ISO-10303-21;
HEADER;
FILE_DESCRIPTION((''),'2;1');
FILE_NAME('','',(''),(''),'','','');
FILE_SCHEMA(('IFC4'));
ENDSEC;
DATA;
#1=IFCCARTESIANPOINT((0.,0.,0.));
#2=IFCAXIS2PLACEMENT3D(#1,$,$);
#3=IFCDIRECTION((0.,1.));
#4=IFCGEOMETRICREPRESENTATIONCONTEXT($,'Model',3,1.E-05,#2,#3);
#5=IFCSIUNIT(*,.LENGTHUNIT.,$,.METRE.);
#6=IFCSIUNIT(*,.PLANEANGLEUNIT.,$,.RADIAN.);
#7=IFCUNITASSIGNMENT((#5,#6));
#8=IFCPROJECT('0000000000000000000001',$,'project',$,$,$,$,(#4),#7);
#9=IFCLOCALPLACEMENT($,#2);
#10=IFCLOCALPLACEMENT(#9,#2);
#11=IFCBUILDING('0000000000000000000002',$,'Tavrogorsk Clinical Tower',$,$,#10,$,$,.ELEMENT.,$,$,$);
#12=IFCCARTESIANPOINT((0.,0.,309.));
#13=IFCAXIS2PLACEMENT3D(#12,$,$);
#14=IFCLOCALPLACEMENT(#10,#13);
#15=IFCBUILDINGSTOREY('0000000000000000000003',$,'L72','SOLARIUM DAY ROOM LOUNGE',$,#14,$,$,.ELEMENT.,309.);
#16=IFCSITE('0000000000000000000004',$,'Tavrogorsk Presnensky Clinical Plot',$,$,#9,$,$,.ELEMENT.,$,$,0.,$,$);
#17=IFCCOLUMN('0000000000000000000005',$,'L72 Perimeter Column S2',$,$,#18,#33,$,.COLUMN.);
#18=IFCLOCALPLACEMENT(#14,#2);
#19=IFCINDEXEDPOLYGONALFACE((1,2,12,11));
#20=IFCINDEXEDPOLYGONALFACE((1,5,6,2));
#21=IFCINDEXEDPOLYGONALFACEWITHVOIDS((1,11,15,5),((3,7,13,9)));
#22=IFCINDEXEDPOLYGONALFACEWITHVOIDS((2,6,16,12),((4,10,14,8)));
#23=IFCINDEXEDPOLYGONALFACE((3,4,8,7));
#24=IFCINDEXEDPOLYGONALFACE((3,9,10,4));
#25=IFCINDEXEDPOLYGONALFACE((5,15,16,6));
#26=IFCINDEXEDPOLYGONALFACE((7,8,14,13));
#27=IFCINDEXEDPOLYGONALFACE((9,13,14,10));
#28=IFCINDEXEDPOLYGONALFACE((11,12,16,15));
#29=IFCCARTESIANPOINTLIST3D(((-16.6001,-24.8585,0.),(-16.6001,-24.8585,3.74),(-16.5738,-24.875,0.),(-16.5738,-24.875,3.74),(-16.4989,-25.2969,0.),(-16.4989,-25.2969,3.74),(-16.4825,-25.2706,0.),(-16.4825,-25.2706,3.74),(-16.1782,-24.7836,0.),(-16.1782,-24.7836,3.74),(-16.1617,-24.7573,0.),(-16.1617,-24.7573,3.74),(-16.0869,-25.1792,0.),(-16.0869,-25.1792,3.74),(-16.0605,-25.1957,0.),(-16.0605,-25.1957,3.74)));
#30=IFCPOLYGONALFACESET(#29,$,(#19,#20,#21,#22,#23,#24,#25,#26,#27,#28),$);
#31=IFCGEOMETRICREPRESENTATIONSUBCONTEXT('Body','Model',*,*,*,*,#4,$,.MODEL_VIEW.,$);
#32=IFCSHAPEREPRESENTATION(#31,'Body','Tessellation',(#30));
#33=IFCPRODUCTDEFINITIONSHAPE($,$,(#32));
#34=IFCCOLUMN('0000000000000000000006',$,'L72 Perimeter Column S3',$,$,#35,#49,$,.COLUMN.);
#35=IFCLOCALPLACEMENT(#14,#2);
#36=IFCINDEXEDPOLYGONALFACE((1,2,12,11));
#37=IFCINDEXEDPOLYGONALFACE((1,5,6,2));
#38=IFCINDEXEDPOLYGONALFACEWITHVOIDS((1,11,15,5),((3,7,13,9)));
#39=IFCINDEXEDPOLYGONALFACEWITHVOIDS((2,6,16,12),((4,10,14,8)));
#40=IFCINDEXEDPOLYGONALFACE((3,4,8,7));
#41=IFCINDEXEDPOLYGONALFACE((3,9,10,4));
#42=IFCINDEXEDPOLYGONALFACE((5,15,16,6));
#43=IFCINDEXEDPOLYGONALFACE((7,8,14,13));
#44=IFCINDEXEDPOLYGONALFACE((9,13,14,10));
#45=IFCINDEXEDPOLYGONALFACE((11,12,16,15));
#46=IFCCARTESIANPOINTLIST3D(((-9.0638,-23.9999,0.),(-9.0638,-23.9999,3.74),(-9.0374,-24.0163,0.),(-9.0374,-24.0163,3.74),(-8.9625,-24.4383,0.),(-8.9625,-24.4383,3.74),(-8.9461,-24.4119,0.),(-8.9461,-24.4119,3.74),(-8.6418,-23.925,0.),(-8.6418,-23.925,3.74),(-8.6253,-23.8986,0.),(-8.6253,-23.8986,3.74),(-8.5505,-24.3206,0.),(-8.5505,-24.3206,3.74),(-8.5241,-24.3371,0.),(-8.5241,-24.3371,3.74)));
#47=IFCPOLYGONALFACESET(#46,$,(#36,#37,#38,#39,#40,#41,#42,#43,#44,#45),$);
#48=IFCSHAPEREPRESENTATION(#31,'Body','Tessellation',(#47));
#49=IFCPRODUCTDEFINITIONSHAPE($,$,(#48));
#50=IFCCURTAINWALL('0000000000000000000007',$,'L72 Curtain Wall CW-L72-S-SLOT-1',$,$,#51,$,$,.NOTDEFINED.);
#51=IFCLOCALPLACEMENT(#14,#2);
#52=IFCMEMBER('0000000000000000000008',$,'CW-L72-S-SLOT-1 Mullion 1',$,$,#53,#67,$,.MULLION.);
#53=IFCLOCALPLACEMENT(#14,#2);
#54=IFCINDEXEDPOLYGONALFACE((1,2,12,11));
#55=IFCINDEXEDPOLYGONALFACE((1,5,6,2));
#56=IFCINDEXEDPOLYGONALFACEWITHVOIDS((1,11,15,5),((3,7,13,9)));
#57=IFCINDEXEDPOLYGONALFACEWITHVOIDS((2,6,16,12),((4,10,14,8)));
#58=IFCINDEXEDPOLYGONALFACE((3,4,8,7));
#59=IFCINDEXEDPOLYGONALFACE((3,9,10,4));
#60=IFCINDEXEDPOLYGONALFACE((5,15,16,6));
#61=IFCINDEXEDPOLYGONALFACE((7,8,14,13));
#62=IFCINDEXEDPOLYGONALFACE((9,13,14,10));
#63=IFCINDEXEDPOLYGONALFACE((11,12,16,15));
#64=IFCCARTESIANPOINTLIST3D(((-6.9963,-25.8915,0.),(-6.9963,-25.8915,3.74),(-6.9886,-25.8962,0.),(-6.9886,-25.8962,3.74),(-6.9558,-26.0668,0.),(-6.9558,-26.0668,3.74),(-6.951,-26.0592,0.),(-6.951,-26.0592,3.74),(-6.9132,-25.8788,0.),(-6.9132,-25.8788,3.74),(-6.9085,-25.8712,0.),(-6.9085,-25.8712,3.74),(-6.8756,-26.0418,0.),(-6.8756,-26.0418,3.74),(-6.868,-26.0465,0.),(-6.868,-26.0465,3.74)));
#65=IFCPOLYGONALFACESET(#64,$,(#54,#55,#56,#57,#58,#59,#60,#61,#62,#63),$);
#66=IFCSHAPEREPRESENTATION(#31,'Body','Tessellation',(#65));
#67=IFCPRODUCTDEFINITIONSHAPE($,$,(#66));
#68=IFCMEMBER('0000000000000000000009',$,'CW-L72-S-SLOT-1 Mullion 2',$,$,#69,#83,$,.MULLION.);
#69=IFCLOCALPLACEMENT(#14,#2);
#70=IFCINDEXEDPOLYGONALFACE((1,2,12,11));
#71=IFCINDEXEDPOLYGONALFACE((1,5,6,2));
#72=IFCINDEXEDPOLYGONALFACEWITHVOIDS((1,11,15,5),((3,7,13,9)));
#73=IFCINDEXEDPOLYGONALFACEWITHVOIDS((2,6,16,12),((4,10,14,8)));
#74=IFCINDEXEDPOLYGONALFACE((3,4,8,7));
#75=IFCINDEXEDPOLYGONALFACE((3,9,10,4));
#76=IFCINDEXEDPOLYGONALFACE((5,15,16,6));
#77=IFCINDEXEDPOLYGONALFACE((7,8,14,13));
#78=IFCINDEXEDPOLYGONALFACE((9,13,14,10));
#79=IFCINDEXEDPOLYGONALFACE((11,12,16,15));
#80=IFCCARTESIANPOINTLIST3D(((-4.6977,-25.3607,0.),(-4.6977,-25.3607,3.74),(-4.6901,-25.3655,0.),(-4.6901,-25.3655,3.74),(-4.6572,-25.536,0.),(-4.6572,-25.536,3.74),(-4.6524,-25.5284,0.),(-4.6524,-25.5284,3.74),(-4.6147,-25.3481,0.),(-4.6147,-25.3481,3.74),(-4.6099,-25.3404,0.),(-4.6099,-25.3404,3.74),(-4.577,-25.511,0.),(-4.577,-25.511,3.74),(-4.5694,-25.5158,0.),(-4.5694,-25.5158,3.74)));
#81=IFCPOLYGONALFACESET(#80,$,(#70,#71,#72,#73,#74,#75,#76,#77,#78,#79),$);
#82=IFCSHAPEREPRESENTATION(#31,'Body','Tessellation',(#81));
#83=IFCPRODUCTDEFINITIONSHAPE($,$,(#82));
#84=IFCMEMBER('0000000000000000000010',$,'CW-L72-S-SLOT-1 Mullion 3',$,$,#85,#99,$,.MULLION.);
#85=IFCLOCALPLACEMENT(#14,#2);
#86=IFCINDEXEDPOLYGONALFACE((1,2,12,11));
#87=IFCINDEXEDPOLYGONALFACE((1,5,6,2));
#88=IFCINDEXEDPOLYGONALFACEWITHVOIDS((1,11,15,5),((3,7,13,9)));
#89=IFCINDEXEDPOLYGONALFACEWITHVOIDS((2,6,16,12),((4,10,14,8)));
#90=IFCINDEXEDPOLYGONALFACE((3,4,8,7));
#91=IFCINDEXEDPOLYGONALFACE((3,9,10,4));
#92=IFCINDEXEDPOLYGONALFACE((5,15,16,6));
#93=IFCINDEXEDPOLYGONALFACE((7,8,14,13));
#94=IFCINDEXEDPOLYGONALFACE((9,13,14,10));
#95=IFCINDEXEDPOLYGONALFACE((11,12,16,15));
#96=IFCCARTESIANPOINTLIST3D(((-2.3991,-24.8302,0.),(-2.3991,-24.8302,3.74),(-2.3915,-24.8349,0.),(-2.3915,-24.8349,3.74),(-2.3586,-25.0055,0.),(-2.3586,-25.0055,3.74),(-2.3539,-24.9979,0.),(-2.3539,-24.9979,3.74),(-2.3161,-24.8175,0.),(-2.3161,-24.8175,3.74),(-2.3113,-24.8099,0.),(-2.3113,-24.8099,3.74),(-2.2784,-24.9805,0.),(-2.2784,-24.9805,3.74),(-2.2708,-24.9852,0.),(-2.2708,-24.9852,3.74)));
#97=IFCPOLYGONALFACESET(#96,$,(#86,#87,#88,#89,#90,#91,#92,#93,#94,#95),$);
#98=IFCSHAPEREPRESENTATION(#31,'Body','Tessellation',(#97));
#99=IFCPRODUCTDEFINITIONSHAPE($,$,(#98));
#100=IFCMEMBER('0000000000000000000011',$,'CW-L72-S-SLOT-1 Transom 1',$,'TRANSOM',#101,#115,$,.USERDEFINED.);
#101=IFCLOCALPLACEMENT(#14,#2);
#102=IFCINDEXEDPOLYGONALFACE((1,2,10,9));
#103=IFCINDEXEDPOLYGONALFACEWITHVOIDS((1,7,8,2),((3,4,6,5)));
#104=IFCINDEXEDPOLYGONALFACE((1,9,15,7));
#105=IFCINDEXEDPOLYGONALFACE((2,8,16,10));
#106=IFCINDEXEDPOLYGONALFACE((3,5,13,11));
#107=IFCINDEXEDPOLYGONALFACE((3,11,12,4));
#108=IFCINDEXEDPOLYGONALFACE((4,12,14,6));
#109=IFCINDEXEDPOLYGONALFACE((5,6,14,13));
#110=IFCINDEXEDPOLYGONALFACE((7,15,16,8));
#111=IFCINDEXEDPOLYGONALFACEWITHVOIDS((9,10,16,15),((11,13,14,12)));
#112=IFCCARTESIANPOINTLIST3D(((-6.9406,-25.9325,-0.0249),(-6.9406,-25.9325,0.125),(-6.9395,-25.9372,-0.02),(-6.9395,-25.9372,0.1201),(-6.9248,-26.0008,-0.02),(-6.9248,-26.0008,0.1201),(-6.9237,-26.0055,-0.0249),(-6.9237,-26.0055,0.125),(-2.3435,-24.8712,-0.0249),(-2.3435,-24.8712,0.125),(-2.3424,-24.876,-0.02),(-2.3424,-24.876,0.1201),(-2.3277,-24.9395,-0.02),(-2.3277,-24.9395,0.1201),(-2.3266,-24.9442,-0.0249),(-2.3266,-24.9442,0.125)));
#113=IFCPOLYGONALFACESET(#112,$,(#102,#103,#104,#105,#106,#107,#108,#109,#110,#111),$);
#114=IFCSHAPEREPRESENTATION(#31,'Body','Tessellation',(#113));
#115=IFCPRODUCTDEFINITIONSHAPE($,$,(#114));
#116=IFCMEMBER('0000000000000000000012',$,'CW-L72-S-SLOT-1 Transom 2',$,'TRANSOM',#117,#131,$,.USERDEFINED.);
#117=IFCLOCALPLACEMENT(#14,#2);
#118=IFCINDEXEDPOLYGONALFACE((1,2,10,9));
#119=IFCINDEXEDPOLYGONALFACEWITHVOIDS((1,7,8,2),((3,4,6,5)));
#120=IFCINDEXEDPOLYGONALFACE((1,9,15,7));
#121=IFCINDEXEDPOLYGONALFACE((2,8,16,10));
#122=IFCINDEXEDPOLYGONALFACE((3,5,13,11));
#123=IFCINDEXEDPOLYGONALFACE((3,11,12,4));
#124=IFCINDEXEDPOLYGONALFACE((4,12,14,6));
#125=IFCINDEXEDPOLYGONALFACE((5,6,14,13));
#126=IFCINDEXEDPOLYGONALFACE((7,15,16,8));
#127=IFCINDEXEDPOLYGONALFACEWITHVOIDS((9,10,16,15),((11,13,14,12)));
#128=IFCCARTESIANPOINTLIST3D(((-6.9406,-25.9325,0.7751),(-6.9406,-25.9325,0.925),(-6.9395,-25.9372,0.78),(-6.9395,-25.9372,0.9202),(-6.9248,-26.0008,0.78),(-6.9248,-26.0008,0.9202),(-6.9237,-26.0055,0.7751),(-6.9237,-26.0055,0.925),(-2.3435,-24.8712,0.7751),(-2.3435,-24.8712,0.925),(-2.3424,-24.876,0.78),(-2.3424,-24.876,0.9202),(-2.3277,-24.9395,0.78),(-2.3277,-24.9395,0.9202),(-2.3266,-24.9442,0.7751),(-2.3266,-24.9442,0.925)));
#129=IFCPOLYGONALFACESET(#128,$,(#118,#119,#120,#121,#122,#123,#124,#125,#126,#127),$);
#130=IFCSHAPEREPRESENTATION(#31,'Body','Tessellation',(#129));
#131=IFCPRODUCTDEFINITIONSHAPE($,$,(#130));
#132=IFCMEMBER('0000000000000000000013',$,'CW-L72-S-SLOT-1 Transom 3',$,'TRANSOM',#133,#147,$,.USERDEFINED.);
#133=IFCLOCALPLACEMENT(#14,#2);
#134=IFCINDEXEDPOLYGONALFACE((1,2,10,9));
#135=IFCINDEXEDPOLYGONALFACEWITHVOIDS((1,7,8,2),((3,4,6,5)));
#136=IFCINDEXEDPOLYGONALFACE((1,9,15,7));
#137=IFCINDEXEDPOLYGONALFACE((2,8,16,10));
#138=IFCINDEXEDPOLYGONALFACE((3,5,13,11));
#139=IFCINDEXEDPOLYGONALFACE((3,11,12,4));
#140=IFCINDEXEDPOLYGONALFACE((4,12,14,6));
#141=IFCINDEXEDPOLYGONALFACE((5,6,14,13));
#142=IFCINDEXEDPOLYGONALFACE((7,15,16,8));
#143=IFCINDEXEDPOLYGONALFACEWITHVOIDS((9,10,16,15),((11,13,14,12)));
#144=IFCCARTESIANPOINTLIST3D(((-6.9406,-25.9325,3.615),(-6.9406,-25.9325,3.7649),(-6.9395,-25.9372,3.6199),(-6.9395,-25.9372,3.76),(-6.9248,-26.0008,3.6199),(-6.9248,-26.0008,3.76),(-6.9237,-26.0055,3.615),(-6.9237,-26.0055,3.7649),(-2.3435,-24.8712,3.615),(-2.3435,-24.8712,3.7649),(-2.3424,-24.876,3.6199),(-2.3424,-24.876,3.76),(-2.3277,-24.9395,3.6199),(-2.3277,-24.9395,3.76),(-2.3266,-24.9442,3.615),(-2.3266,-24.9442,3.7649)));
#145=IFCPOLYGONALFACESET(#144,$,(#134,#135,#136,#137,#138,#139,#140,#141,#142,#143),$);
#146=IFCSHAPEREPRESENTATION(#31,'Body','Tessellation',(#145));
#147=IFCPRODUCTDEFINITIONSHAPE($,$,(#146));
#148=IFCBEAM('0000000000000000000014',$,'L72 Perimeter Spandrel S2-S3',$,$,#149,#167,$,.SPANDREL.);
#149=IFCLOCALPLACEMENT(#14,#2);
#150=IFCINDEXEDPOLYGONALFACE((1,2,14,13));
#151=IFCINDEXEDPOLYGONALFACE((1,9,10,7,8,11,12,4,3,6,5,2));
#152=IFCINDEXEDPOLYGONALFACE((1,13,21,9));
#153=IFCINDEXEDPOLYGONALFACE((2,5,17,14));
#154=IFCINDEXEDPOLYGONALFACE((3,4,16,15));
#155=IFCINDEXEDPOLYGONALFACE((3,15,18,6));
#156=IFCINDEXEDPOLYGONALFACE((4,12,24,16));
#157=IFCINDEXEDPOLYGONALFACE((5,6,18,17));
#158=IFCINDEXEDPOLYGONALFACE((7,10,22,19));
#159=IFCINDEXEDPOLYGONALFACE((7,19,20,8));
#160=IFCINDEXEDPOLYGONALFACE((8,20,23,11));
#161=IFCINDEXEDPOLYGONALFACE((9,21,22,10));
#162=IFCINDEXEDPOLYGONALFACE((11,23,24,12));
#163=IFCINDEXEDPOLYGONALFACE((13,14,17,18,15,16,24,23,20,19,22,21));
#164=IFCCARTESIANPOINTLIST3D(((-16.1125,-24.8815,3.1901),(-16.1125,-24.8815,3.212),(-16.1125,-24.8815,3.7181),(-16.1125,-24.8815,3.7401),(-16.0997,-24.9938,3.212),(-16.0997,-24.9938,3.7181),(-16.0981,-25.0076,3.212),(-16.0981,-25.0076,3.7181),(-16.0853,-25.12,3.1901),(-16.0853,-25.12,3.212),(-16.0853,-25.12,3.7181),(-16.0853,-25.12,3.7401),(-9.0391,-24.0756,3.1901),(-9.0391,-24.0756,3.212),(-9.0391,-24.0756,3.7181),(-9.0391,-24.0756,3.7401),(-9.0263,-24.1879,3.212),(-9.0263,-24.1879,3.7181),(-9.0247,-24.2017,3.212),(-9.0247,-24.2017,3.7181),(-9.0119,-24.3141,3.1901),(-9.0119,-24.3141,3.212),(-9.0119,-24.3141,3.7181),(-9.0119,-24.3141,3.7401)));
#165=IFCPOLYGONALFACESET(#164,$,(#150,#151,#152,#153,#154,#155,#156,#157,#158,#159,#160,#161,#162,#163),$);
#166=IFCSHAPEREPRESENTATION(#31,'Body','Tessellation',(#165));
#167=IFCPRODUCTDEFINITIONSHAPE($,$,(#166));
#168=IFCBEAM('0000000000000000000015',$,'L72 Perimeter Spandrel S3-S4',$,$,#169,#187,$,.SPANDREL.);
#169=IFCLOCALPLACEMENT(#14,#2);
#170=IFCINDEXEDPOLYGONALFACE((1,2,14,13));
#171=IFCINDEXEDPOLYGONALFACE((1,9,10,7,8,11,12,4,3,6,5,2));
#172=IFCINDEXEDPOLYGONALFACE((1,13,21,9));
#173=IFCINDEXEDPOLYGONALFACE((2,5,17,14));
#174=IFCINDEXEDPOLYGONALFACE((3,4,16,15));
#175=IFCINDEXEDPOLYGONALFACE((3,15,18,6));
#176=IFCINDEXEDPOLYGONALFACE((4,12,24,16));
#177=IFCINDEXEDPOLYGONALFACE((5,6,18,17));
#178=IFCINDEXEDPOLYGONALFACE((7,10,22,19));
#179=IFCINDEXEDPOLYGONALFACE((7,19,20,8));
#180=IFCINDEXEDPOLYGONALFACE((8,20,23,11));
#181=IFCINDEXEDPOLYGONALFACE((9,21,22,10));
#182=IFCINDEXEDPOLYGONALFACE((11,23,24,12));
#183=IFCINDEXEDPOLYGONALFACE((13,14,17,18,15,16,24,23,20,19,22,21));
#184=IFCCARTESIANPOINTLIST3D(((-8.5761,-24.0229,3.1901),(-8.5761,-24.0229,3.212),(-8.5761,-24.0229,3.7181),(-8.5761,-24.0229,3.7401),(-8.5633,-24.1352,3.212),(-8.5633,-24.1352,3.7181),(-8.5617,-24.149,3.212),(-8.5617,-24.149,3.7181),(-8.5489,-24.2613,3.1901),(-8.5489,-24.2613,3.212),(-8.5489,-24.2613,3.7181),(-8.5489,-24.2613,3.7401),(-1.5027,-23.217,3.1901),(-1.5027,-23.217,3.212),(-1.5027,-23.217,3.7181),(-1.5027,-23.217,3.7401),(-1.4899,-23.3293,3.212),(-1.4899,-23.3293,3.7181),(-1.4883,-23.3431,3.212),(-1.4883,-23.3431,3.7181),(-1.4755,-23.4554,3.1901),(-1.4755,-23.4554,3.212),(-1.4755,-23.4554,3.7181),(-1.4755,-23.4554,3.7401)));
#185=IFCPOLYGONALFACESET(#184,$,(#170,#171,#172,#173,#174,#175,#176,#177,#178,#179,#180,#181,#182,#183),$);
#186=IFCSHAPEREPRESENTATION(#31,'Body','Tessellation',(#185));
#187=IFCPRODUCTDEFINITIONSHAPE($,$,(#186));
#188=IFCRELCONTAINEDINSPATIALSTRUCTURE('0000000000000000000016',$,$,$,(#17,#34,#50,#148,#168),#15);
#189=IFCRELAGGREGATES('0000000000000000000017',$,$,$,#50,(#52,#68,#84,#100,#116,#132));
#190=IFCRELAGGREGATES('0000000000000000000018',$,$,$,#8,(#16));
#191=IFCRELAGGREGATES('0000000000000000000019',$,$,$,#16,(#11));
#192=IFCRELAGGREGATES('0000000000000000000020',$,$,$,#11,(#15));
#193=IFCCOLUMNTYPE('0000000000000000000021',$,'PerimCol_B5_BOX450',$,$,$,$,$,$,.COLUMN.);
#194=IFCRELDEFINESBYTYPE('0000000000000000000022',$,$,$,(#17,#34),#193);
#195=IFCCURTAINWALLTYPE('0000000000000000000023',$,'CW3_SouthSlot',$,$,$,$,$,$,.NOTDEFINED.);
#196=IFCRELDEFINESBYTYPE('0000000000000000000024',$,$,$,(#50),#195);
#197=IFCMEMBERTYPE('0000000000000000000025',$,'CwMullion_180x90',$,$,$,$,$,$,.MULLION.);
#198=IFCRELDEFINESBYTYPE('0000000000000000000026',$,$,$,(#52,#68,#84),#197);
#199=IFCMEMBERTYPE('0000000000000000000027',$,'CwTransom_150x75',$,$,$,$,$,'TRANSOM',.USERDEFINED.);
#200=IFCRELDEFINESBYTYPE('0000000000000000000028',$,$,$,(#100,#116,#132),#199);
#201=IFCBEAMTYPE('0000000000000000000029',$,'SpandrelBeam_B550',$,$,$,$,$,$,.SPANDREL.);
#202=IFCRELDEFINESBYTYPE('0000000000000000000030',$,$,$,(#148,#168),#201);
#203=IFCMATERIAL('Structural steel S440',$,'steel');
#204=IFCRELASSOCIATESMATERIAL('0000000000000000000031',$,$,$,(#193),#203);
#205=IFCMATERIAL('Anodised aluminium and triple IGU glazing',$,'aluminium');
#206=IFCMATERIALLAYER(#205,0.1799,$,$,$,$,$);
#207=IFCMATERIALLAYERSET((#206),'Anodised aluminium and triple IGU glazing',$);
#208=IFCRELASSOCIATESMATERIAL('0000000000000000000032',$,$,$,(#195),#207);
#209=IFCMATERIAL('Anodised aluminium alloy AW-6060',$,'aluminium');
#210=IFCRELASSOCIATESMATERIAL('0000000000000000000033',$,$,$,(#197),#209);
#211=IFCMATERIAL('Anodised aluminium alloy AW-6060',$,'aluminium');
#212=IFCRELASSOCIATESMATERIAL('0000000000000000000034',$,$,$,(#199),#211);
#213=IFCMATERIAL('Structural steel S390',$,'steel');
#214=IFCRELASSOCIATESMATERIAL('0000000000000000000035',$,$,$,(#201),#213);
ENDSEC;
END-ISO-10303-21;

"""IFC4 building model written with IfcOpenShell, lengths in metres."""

from ifc_helpers import new_model, si_unit, direction, frame, origin, origin_2d, place, context, subcontext, project, spatial, hollow_rectangle, i_section, extrude, material, layer, layer_set, material_profile, profile_set, type_object, element, aggregate, save


model = new_model("IFC4")

# Units and contexts
model_context = context("Model", 3, precision=1e-05, world=origin(), true_north=direction((0.0, 1.0)))
body_context = subcontext(model_context, "Body", "Model", "MODEL_VIEW")
ifc_project = project(units=[si_unit("LENGTHUNIT", "METRE"), si_unit("PLANEANGLEUNIT", "RADIAN")], contexts=[model_context])

# Site, building, storey
site_placement = place(None, origin())
site = spatial("IfcSite", under=ifc_project, at=site_placement, Name="Tavrogorsk Presnensky Clinical Plot", CompositionType="ELEMENT", RefElevation=0.0)
building_placement = place(site_placement, origin())
building = spatial("IfcBuilding", under=site, at=building_placement, Name="Tavrogorsk Clinical Tower", CompositionType="ELEMENT")
storey_placement = place(building_placement, frame((0.0, 0.0, 309.0)))
storey = spatial("IfcBuildingStorey", under=building, at=storey_placement, Name="L72", Description="SOLARIUM DAY ROOM LOUNGE", CompositionType="ELEMENT", Elevation=309.0)

# Columns
ifc_material_1 = material(Name="Structural steel S440", Category="steel")
ifc_material_profile_1 = material_profile(ifc_material_1, hollow_rectangle(XDim=0.45, YDim=0.45, WallThickness=0.022, at=origin_2d()), Name="BOX-450x450x22")
ifc_profile_set_1 = profile_set([ifc_material_profile_1], Name="Structural steel S440")
column_type = type_object("IfcColumnType", Name="PerimCol_B5_BOX450", PredefinedType="COLUMN", material=ifc_profile_set_1)
for number, where, z_axis, x_axis, name in (
    (1, (-16.3303, -25.0271, 0.0), (0.0, 0.0, 1.0), (0.97437, 0.224951, 0.0), "L72 Perimeter Column S2"),
    (2, (-8.7939, -24.1685, 0.0), (0.0, 0.0, 1.0), (0.97437, 0.224951, 0.0), "L72 Perimeter Column S3"),
):
    element("IfcColumn", number, at=place(storey_placement, frame(where, z_axis=z_axis, x_axis=x_axis)), inside=storey, type_object=column_type, Name=name, PredefinedType="COLUMN", context=body_context, shape_type="SweptSolid", body=[
        extrude(hollow_rectangle(XDim=0.45, YDim=0.45, WallThickness=0.022, at=origin_2d()), origin(), (0.0, 0.0, 1.0), 3.74),
    ])

# Curtain wall, members
ifc_material_2 = material(Name="Anodised aluminium and triple IGU glazing", Category="aluminium")
ifc_layer_1 = layer(ifc_material_2, 0.1799)
ifc_layer_set_1 = layer_set([ifc_layer_1], Name="Anodised aluminium and triple IGU glazing")
curtain_wall_type = type_object("IfcCurtainWallType", Name="CW3_SouthSlot", PredefinedType="NOTDEFINED", material=ifc_layer_set_1)
curtain_wall_placement = place(storey_placement, origin())
curtain_wall = element("IfcCurtainWall", 3, at=curtain_wall_placement, inside=storey, type_object=curtain_wall_type, Name="L72 Curtain Wall CW-L72-S-SLOT-1", PredefinedType="NOTDEFINED")
ifc_material_3 = material(Name="Anodised aluminium alloy AW-6060", Category="aluminium")
ifc_material_profile_2 = material_profile(ifc_material_3, hollow_rectangle(XDim=0.0901, YDim=0.1799, WallThickness=0.0063, at=origin_2d()), Name="RHS-180x90x6.3")
ifc_profile_set_2 = profile_set([ifc_material_profile_2], Name="Anodised aluminium alloy AW-6060")
member_type_1 = type_object("IfcMemberType", Name="CwMullion_180x90", PredefinedType="MULLION", material=ifc_profile_set_2)
member_1_placement = place(storey_placement, frame((-6.9321, -25.969, 0.0), z_axis=(0.0, 0.0, 1.0), x_axis=(0.97437, 0.224951, 0.0)))
member_1 = element("IfcMember", 4, at=member_1_placement, type_object=member_type_1, Name="CW-L72-S-SLOT-1 Mullion 1", PredefinedType="MULLION", context=body_context, shape_type="SweptSolid", body=[
    extrude(hollow_rectangle(XDim=0.0901, YDim=0.1799, WallThickness=0.0063, at=origin_2d()), origin(), (0.0, 0.0, 1.0), 3.74),
])
member_2_placement = place(storey_placement, frame((-4.6335, -25.4382, 0.0), z_axis=(0.0, 0.0, 1.0), x_axis=(0.97437, 0.224951, 0.0)))
member_2 = element("IfcMember", 5, at=member_2_placement, type_object=member_type_1, Name="CW-L72-S-SLOT-1 Mullion 2", PredefinedType="MULLION", context=body_context, shape_type="SweptSolid", body=[
    extrude(hollow_rectangle(XDim=0.0901, YDim=0.1799, WallThickness=0.0063, at=origin_2d()), origin(), (0.0, 0.0, 1.0), 3.74),
])
member_3_placement = place(storey_placement, frame((-2.335, -24.9077, 0.0), z_axis=(0.0, 0.0, 1.0), x_axis=(0.97437, 0.224951, 0.0)))
member_3 = element("IfcMember", 6, at=member_3_placement, type_object=member_type_1, Name="CW-L72-S-SLOT-1 Mullion 3", PredefinedType="MULLION", context=body_context, shape_type="SweptSolid", body=[
    extrude(hollow_rectangle(XDim=0.0901, YDim=0.1799, WallThickness=0.0063, at=origin_2d()), origin(), (0.0, 0.0, 1.0), 3.74),
])
ifc_material_4 = material(Name="Anodised aluminium alloy AW-6060", Category="aluminium")
ifc_material_profile_3 = material_profile(ifc_material_4, hollow_rectangle(XDim=0.075, YDim=0.1499, WallThickness=0.0049, at=origin_2d()), Name="RHS-150x75x5")
ifc_profile_set_3 = profile_set([ifc_material_profile_3], Name="Anodised aluminium alloy AW-6060")
member_type_2 = type_object("IfcMemberType", Name="CwTransom_150x75", ElementType="TRANSOM", PredefinedType="USERDEFINED", material=ifc_profile_set_3)
member_4_placement = place(storey_placement, frame((-6.9321, -25.969, 0.05), z_axis=(0.974373, 0.224939, 0.0), x_axis=(-0.224939, 0.974373, 0.0)))
member_4 = element("IfcMember", 7, at=member_4_placement, type_object=member_type_2, Name="CW-L72-S-SLOT-1 Transom 1", ObjectType="TRANSOM", PredefinedType="USERDEFINED", context=body_context, shape_type="SweptSolid", body=[
    extrude(hollow_rectangle(XDim=0.075, YDim=0.1499, WallThickness=0.0049, at=origin_2d()), origin(), (0.0, 0.0, 1.0), 4.718),
])
member_5_placement = place(storey_placement, frame((-6.9321, -25.969, 0.8501), z_axis=(0.974373, 0.224939, 0.0), x_axis=(-0.224939, 0.974373, 0.0)))
member_5 = element("IfcMember", 8, at=member_5_placement, type_object=member_type_2, Name="CW-L72-S-SLOT-1 Transom 2", ObjectType="TRANSOM", PredefinedType="USERDEFINED", context=body_context, shape_type="SweptSolid", body=[
    extrude(hollow_rectangle(XDim=0.075, YDim=0.1499, WallThickness=0.0049, at=origin_2d()), origin(), (0.0, 0.0, 1.0), 4.718),
])
member_6_placement = place(storey_placement, frame((-6.9321, -25.969, 3.6899), z_axis=(0.974373, 0.224939, 0.0), x_axis=(-0.224939, 0.974373, 0.0)))
member_6 = element("IfcMember", 9, at=member_6_placement, type_object=member_type_2, Name="CW-L72-S-SLOT-1 Transom 3", ObjectType="TRANSOM", PredefinedType="USERDEFINED", context=body_context, shape_type="SweptSolid", body=[
    extrude(hollow_rectangle(XDim=0.075, YDim=0.1499, WallThickness=0.0049, at=origin_2d()), origin(), (0.0, 0.0, 1.0), 4.718),
])

# Beams
ifc_material_5 = material(Name="Structural steel S390", Category="steel")
ifc_material_profile_4 = material_profile(ifc_material_5, i_section(OverallWidth=0.24, OverallDepth=0.55, WebThickness=0.0139, FlangeThickness=0.022, at=origin_2d()), Name="B-550x240x14x22")
ifc_profile_set_4 = profile_set([ifc_material_profile_4], Name="Structural steel S390")
beam_type = type_object("IfcBeamType", Name="SpandrelBeam_B550", PredefinedType="SPANDREL", material=ifc_profile_set_4)
for number, where, z_axis, x_axis, name in (
    (10, (-16.0989, -25.0007, 3.4651), (0.993572, 0.113201, 0.0), (-0.113201, 0.993572, 0.0), "L72 Perimeter Spandrel S2-S3"),
    (11, (-8.5625, -24.1421, 3.4651), (0.993572, 0.113201, 0.0), (-0.113201, 0.993572, 0.0), "L72 Perimeter Spandrel S3-S4"),
):
    element("IfcBeam", number, at=place(storey_placement, frame(where, z_axis=z_axis, x_axis=x_axis)), inside=storey, type_object=beam_type, Name=name, PredefinedType="SPANDREL", context=body_context, shape_type="SweptSolid", body=[
        extrude(i_section(OverallWidth=0.24, OverallDepth=0.55, WebThickness=0.0139, FlangeThickness=0.022, at=origin_2d()), origin(), (0.0, 0.0, 1.0), 7.1191),
    ])

aggregate(curtain_wall, [member_1, member_2, member_3, member_4, member_5, member_6])

save(model, "model.ifc")
